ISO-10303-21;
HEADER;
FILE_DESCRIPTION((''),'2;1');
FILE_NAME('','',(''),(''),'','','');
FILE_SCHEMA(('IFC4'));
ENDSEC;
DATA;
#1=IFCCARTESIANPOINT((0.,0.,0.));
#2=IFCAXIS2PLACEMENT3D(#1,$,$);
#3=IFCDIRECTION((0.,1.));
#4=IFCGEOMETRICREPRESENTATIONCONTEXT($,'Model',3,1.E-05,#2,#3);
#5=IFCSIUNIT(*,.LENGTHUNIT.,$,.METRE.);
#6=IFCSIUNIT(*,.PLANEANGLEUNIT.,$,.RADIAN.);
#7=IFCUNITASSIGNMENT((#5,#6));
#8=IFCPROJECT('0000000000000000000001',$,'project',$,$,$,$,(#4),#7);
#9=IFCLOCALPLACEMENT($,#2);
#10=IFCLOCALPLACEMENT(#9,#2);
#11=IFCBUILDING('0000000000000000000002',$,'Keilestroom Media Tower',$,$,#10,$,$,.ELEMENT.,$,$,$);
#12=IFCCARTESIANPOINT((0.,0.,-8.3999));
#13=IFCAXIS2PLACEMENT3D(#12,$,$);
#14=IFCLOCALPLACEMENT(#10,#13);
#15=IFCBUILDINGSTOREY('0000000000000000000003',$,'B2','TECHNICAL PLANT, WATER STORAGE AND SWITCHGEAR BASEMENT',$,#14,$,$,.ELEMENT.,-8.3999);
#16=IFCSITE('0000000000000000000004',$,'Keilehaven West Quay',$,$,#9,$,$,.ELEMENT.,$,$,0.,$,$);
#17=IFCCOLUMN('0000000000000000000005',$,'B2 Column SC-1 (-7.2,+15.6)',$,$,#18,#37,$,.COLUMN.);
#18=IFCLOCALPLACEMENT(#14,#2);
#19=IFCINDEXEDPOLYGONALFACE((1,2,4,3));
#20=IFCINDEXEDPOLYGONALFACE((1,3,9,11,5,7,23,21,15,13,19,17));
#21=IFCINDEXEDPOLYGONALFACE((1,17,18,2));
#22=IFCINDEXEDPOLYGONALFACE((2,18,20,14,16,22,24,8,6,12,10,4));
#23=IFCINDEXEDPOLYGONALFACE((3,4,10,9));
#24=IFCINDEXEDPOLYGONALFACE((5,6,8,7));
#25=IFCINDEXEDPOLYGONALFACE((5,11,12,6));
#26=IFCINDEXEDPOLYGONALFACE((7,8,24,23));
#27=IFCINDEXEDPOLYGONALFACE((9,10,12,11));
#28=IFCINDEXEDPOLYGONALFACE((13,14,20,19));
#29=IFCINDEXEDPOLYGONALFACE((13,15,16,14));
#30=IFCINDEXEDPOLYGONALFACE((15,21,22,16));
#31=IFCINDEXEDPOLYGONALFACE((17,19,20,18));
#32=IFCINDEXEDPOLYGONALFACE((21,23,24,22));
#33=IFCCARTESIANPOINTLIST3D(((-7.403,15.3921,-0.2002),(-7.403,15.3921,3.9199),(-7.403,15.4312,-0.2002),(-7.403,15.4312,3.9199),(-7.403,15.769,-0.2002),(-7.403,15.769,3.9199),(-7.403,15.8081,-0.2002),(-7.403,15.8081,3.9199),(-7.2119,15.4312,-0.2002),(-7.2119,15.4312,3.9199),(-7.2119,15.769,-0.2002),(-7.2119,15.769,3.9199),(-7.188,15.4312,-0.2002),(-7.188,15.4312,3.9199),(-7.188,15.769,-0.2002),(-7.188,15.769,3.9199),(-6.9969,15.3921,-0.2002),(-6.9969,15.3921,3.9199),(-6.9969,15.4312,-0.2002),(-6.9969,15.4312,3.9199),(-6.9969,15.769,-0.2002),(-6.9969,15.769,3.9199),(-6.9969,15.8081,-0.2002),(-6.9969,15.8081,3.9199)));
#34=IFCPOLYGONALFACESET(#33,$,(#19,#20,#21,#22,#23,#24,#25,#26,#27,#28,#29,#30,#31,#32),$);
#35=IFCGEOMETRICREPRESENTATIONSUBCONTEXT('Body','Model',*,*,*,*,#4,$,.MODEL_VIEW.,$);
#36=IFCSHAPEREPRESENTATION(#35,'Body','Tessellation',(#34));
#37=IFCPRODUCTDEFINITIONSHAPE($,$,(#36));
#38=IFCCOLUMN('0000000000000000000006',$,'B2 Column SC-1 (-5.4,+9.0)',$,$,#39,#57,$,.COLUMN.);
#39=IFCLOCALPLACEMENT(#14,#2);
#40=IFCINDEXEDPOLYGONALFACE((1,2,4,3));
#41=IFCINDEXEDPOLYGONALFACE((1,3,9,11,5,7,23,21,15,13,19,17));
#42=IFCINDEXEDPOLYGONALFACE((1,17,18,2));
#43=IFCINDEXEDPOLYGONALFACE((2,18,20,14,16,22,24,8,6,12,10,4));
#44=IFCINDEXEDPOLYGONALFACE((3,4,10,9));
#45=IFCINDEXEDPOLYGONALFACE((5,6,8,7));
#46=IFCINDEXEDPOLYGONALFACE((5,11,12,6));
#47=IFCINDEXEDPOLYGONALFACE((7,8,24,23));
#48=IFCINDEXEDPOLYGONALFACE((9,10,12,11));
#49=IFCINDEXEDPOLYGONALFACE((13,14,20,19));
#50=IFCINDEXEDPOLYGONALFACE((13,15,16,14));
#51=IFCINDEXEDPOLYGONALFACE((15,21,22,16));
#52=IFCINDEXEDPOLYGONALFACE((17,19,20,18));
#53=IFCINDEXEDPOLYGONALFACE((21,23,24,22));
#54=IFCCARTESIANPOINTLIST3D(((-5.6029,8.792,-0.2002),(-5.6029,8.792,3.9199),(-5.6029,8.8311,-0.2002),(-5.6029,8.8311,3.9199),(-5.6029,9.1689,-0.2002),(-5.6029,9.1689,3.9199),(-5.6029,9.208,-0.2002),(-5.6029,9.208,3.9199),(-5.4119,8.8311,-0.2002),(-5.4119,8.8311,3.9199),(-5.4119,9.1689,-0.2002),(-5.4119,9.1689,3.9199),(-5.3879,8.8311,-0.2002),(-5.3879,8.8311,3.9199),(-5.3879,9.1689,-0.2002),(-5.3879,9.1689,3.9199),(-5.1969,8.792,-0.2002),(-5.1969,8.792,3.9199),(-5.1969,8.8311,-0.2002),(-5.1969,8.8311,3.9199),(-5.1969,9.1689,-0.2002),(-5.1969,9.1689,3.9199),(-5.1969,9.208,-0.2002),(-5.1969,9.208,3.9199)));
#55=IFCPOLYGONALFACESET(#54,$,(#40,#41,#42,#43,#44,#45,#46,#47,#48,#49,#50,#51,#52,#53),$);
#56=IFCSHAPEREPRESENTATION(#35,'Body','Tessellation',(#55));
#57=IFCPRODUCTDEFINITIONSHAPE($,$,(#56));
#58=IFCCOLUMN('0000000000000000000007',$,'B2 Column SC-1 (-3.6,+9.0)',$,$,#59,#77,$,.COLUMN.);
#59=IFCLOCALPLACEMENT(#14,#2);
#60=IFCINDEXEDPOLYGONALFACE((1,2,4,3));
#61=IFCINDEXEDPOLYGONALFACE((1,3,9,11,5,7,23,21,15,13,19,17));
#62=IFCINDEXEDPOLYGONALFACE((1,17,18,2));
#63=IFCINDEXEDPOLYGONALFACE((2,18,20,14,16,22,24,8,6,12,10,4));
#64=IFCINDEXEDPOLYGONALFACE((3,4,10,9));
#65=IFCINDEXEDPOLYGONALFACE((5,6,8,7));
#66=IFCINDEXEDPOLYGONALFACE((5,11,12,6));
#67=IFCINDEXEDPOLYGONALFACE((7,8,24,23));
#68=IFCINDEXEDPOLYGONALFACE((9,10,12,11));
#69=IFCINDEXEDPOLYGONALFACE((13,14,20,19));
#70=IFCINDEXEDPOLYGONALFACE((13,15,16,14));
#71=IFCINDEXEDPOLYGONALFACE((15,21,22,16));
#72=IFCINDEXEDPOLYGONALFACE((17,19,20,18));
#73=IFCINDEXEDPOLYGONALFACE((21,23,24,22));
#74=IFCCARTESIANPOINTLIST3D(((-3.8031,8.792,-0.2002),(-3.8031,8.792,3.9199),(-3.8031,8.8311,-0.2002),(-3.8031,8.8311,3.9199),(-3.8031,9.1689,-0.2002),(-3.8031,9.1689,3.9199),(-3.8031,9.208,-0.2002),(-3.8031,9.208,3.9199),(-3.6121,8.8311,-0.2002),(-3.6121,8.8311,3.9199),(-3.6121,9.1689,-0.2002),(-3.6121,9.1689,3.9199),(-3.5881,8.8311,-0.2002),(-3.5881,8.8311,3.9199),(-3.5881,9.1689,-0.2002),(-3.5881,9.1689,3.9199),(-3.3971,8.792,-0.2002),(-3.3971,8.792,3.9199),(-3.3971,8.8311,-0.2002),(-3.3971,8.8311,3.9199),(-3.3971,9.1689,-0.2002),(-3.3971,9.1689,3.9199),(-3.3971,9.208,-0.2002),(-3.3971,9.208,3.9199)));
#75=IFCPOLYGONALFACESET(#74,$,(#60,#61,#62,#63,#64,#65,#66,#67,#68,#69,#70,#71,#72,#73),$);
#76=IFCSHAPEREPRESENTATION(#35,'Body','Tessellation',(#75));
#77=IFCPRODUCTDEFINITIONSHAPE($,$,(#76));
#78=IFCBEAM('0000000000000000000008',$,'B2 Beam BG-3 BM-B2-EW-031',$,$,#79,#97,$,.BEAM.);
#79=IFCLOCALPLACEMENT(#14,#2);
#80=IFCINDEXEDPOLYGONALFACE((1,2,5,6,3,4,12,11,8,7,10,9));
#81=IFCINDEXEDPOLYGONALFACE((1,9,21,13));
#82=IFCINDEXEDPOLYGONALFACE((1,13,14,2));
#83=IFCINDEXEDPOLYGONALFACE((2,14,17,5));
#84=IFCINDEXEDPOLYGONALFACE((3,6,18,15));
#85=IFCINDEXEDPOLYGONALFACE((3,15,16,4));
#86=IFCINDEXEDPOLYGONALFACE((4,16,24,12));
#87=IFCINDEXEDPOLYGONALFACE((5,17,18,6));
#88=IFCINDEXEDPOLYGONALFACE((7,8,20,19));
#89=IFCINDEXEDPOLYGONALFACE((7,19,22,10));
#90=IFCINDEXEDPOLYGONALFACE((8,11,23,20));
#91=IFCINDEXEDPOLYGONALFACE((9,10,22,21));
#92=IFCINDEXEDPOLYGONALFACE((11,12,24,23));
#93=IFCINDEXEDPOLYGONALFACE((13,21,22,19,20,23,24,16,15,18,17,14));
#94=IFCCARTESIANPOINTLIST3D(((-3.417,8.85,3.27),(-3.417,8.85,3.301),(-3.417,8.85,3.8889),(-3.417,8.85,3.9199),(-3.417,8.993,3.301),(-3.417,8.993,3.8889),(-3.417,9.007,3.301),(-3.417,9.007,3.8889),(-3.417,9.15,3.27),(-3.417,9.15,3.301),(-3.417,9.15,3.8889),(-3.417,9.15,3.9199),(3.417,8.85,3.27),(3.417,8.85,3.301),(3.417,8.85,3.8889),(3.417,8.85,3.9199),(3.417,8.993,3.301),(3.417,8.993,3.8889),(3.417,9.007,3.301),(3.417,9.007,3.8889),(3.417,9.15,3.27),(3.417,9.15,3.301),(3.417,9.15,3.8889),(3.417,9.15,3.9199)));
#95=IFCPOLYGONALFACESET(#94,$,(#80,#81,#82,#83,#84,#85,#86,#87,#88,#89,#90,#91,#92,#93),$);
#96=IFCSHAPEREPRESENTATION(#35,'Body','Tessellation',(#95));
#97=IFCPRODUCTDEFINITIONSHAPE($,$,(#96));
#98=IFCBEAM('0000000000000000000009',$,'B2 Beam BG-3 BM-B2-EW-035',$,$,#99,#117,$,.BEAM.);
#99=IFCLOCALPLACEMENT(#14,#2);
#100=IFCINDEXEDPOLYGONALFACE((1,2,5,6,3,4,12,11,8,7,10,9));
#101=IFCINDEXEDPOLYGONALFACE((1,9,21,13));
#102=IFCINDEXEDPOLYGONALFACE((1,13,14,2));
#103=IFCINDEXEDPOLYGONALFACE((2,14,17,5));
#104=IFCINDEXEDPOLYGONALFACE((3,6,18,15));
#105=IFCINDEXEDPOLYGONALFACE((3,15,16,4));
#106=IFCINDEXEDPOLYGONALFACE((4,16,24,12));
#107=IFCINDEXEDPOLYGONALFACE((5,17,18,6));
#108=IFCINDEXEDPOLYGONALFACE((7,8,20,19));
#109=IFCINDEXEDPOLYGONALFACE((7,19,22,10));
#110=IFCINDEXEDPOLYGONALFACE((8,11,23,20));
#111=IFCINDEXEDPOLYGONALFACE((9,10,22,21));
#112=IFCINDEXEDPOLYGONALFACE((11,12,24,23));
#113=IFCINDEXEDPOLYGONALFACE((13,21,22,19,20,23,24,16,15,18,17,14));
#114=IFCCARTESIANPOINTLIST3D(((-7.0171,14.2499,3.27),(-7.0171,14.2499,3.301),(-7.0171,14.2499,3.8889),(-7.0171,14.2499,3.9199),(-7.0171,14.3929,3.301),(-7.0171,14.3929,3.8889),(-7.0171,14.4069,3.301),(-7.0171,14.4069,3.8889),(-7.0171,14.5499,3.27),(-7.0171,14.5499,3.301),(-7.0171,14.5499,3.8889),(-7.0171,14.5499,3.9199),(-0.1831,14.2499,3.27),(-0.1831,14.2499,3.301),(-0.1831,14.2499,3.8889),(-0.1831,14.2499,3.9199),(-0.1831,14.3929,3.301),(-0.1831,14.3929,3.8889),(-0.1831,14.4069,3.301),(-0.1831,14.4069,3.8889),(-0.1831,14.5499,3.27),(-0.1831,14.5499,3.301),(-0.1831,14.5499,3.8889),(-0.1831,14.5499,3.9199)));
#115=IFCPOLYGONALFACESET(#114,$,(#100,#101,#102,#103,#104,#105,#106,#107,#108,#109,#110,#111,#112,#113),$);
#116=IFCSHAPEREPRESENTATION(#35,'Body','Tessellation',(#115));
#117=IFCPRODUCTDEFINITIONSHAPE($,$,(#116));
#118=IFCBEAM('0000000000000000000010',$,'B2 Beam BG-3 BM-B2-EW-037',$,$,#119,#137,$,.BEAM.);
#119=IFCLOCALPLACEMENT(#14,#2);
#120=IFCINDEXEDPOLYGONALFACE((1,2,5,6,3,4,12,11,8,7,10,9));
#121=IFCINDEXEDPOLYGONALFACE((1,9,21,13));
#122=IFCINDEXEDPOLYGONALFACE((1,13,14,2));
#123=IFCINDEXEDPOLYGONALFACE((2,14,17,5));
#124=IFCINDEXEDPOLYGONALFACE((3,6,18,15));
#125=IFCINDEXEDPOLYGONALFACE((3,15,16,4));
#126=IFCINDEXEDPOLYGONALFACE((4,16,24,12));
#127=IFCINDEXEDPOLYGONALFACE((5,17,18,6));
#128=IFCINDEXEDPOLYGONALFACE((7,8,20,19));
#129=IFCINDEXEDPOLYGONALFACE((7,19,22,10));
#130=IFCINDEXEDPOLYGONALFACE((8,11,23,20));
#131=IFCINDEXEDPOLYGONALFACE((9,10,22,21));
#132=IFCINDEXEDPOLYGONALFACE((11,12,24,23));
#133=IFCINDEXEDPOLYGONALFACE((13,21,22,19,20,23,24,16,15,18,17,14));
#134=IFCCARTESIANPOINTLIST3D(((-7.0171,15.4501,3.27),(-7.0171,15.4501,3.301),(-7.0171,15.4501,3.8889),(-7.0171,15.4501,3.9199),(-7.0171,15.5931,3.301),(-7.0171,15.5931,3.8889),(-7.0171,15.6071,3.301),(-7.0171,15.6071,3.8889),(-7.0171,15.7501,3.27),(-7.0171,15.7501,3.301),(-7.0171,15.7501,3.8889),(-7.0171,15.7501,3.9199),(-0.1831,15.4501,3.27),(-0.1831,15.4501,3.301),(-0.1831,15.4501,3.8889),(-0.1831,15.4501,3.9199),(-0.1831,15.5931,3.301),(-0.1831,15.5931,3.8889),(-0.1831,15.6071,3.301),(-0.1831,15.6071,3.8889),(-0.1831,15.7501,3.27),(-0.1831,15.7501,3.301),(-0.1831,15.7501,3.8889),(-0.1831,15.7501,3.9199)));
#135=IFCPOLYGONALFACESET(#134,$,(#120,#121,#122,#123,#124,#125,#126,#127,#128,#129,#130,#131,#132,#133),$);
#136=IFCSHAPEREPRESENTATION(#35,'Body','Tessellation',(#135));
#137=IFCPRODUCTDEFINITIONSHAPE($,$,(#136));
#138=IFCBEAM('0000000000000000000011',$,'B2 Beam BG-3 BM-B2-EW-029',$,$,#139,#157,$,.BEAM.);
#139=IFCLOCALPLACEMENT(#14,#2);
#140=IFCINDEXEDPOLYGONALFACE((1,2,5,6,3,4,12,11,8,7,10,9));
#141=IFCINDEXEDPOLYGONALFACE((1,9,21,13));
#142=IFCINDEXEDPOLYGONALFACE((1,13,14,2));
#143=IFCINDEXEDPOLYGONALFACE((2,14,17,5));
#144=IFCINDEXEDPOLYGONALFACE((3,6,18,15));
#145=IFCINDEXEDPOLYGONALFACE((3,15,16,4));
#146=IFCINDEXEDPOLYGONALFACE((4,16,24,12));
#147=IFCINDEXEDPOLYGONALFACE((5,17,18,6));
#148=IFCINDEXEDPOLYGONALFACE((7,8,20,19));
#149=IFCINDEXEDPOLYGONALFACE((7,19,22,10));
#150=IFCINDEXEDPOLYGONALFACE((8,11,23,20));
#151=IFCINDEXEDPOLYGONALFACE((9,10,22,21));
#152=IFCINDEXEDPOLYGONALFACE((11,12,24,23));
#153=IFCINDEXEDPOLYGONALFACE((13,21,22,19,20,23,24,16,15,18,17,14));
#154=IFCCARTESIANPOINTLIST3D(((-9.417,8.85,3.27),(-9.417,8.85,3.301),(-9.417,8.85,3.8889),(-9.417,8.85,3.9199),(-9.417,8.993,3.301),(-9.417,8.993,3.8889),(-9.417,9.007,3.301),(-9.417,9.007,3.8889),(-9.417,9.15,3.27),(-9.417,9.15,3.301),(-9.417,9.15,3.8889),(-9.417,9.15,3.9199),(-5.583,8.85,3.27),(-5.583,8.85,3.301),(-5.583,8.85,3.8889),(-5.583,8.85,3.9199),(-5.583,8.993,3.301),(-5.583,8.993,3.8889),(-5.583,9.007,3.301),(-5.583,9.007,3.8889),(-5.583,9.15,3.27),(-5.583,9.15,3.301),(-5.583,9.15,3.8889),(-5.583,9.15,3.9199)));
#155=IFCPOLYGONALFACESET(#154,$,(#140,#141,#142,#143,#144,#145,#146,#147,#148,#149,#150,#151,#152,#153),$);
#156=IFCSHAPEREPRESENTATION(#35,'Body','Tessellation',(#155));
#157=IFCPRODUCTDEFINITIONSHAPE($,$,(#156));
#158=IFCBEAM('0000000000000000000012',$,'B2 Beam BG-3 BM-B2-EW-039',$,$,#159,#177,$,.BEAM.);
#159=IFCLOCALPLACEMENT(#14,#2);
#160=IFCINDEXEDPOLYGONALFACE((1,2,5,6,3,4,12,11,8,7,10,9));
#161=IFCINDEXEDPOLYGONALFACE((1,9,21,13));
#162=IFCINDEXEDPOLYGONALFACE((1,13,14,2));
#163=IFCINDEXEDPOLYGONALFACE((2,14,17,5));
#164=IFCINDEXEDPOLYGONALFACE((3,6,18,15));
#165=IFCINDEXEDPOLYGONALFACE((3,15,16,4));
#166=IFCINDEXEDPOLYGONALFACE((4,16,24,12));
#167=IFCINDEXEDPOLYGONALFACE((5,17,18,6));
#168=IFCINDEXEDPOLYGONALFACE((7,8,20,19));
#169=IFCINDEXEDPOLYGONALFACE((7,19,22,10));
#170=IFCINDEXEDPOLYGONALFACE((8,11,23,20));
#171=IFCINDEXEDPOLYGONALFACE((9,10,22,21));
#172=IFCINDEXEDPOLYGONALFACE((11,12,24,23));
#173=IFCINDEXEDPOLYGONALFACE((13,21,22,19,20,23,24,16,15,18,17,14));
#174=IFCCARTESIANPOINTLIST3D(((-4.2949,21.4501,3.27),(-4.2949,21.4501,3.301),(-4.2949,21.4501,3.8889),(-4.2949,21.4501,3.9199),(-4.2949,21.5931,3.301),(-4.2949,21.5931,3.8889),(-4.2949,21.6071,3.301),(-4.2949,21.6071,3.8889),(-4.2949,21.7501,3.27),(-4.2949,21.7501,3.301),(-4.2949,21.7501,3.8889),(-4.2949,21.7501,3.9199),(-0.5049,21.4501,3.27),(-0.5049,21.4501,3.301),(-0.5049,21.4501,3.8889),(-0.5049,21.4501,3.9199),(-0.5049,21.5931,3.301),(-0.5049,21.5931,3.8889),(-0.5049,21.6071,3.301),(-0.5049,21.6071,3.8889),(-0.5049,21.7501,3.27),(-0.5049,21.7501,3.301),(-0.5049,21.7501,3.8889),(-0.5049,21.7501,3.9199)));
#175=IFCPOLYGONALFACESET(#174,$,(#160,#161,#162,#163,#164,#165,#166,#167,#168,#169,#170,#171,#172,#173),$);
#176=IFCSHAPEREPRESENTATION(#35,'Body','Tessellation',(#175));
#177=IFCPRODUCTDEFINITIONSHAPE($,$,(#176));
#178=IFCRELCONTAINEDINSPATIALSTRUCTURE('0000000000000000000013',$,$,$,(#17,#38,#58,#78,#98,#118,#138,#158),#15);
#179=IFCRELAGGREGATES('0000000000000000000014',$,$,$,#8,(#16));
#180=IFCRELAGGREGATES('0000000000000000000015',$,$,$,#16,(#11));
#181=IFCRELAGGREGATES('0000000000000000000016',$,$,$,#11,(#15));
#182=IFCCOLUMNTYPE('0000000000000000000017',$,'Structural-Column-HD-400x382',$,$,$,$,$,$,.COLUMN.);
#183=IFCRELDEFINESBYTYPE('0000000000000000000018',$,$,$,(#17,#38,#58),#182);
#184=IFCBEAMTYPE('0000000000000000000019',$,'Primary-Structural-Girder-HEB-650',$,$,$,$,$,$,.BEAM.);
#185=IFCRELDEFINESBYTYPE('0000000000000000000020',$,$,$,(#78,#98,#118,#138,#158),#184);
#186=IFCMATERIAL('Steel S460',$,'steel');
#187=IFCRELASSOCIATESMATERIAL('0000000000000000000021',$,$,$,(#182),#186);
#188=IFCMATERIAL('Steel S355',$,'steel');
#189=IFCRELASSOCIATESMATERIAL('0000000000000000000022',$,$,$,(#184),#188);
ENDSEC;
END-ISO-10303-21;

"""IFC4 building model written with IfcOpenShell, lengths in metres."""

from ifc_helpers import new_model, si_unit, direction, frame, origin, origin_2d, place, context, subcontext, project, spatial, i_section, extrude, source, transform, mapped, material, material_profile, profile_set, type_object, element, save


model = new_model("IFC4")

# Units and contexts
model_context = context("Model", 3, precision=1e-05, world=origin(), true_north=direction((0.0, 1.0)))
body_context = subcontext(model_context, "Body", "Model", "MODEL_VIEW")
ifc_project = project(units=[si_unit("LENGTHUNIT", "METRE"), si_unit("PLANEANGLEUNIT", "RADIAN")], contexts=[model_context])

# Site, building, storey
site_placement = place(None, origin())
site = spatial("IfcSite", under=ifc_project, at=site_placement, Name="Keilehaven West Quay", CompositionType="ELEMENT", RefElevation=0.0)
building_placement = place(site_placement, origin())
building = spatial("IfcBuilding", under=site, at=building_placement, Name="Keilestroom Media Tower", CompositionType="ELEMENT")
storey_placement = place(building_placement, frame((0.0, 0.0, -8.3999)))
storey = spatial("IfcBuildingStorey", under=building, at=storey_placement, Name="B2", Description="TECHNICAL PLANT, WATER STORAGE AND SWITCHGEAR BASEMENT", CompositionType="ELEMENT", Elevation=-8.3999)

# Columns
ifc_material_1 = material(Name="Steel S460", Category="steel")
ifc_material_profile_1 = material_profile(ifc_material_1, i_section(OverallWidth=0.406, OverallDepth=0.416, WebThickness=0.0239, FlangeThickness=0.0391, at=origin_2d()), Name="HD 400x382")
ifc_profile_set_1 = profile_set([ifc_material_profile_1], Name="Steel S460")
column_type_1 = type_object("IfcColumnType", Name="Structural-Column-HD-400x382", PredefinedType="COLUMN", material=ifc_profile_set_1)
shared_shape_1 = source(origin(), body_context, "Body", "SweptSolid", [
    extrude(i_section(OverallWidth=0.406, OverallDepth=0.416, WebThickness=0.0239, FlangeThickness=0.0391, at=origin_2d()), origin(), (0.0, 0.0, 1.0), 4.1201),
])
for number, where, z_axis, x_axis, name in (
    (1, (-7.2, 15.6001, -0.2002), (0.0, 0.0, 1.0), (1.0, 0.0, 0.0), "B2 Column SC-1 (-7.2,+15.6)"),
    (2, (-5.3999, 9.0, -0.2002), (0.0, 0.0, 1.0), (1.0, 0.0, 0.0), "B2 Column SC-1 (-5.4,+9.0)"),
    (3, (-3.6001, 9.0, -0.2002), (0.0, 0.0, 1.0), (1.0, 0.0, 0.0), "B2 Column SC-1 (-3.6,+9.0)"),
):
    element("IfcColumn", number, at=place(storey_placement, frame(where, z_axis=z_axis, x_axis=x_axis)), inside=storey, type_object=column_type_1, Name=name, PredefinedType="COLUMN", context=body_context, shape_type="MappedRepresentation", body=[
        mapped(shared_shape_1, transform((0.0, 0.0, 0.0), x_axis=(1.0, 0.0, 0.0), y_axis=(0.0, 1.0, 0.0), z_axis=(0.0, 0.0, 1.0), scale=1.0)),
    ])

# Beams
ifc_material_2 = material(Name="Steel S355", Category="steel")
ifc_material_profile_2 = material_profile(ifc_material_2, i_section(OverallWidth=0.3, OverallDepth=0.6499, WebThickness=0.0139, FlangeThickness=0.031, at=origin_2d()), Name="HEB 650")
ifc_profile_set_2 = profile_set([ifc_material_profile_2], Name="Steel S355")
beam_type = type_object("IfcBeamType", Name="Primary-Structural-Girder-HEB-650", PredefinedType="BEAM", material=ifc_profile_set_2)
shared_shape_2 = source(origin(), body_context, "Body", "SweptSolid", [
    extrude(i_section(OverallWidth=0.3, OverallDepth=0.6499, WebThickness=0.0139, FlangeThickness=0.031, at=origin_2d()), origin(), (0.0, 0.0, 1.0), 6.834),
])
for number, where, z_axis, x_axis, name in (
    (4, (-3.417, 9.0, 3.595), (1.0, 0.0, 0.0), (0.0, 1.0, 0.0), "B2 Beam BG-3 BM-B2-EW-031"),
    (5, (-7.0171, 14.3999, 3.595), (1.0, 0.0, 0.0), (0.0, 1.0, 0.0), "B2 Beam BG-3 BM-B2-EW-035"),
    (6, (-7.0171, 15.6001, 3.595), (1.0, 0.0, 0.0), (0.0, 1.0, 0.0), "B2 Beam BG-3 BM-B2-EW-037"),
):
    element("IfcBeam", number, at=place(storey_placement, frame(where, z_axis=z_axis, x_axis=x_axis)), inside=storey, type_object=beam_type, Name=name, PredefinedType="BEAM", context=body_context, shape_type="MappedRepresentation", body=[
        mapped(shared_shape_2, transform((0.0, 0.0, 0.0), x_axis=(1.0, 0.0, 0.0), y_axis=(0.0, 1.0, 0.0), z_axis=(0.0, 0.0, 1.0), scale=1.0)),
    ])
shared_shape_3 = source(origin(), body_context, "Body", "SweptSolid", [
    extrude(i_section(OverallWidth=0.3, OverallDepth=0.6499, WebThickness=0.0139, FlangeThickness=0.031, at=origin_2d()), origin(), (0.0, 0.0, 1.0), 3.834),
])
beam_1_placement = place(storey_placement, frame((-9.417, 9.0, 3.595), z_axis=(1.0, 0.0, 0.0), x_axis=(0.0, 1.0, 0.0)))
element("IfcBeam", 7, at=beam_1_placement, inside=storey, type_object=beam_type, Name="B2 Beam BG-3 BM-B2-EW-029", PredefinedType="BEAM", context=body_context, shape_type="MappedRepresentation", body=[
    mapped(shared_shape_3, transform((0.0, 0.0, 0.0), x_axis=(1.0, 0.0, 0.0), y_axis=(0.0, 1.0, 0.0), z_axis=(0.0, 0.0, 1.0), scale=1.0)),
])
shared_shape_4 = source(origin(), body_context, "Body", "SweptSolid", [
    extrude(i_section(OverallWidth=0.3, OverallDepth=0.6499, WebThickness=0.0139, FlangeThickness=0.031, at=origin_2d()), origin(), (0.0, 0.0, 1.0), 3.79),
])
beam_2_placement = place(storey_placement, frame((-4.2949, 21.6001, 3.595), z_axis=(1.0, 0.0, 0.0), x_axis=(0.0, 1.0, 0.0)))
element("IfcBeam", 8, at=beam_2_placement, inside=storey, type_object=beam_type, Name="B2 Beam BG-3 BM-B2-EW-039", PredefinedType="BEAM", context=body_context, shape_type="MappedRepresentation", body=[
    mapped(shared_shape_4, transform((0.0, 0.0, 0.0), x_axis=(1.0, 0.0, 0.0), y_axis=(0.0, 1.0, 0.0), z_axis=(0.0, 0.0, 1.0), scale=1.0)),
])

save(model, "model.ifc")
